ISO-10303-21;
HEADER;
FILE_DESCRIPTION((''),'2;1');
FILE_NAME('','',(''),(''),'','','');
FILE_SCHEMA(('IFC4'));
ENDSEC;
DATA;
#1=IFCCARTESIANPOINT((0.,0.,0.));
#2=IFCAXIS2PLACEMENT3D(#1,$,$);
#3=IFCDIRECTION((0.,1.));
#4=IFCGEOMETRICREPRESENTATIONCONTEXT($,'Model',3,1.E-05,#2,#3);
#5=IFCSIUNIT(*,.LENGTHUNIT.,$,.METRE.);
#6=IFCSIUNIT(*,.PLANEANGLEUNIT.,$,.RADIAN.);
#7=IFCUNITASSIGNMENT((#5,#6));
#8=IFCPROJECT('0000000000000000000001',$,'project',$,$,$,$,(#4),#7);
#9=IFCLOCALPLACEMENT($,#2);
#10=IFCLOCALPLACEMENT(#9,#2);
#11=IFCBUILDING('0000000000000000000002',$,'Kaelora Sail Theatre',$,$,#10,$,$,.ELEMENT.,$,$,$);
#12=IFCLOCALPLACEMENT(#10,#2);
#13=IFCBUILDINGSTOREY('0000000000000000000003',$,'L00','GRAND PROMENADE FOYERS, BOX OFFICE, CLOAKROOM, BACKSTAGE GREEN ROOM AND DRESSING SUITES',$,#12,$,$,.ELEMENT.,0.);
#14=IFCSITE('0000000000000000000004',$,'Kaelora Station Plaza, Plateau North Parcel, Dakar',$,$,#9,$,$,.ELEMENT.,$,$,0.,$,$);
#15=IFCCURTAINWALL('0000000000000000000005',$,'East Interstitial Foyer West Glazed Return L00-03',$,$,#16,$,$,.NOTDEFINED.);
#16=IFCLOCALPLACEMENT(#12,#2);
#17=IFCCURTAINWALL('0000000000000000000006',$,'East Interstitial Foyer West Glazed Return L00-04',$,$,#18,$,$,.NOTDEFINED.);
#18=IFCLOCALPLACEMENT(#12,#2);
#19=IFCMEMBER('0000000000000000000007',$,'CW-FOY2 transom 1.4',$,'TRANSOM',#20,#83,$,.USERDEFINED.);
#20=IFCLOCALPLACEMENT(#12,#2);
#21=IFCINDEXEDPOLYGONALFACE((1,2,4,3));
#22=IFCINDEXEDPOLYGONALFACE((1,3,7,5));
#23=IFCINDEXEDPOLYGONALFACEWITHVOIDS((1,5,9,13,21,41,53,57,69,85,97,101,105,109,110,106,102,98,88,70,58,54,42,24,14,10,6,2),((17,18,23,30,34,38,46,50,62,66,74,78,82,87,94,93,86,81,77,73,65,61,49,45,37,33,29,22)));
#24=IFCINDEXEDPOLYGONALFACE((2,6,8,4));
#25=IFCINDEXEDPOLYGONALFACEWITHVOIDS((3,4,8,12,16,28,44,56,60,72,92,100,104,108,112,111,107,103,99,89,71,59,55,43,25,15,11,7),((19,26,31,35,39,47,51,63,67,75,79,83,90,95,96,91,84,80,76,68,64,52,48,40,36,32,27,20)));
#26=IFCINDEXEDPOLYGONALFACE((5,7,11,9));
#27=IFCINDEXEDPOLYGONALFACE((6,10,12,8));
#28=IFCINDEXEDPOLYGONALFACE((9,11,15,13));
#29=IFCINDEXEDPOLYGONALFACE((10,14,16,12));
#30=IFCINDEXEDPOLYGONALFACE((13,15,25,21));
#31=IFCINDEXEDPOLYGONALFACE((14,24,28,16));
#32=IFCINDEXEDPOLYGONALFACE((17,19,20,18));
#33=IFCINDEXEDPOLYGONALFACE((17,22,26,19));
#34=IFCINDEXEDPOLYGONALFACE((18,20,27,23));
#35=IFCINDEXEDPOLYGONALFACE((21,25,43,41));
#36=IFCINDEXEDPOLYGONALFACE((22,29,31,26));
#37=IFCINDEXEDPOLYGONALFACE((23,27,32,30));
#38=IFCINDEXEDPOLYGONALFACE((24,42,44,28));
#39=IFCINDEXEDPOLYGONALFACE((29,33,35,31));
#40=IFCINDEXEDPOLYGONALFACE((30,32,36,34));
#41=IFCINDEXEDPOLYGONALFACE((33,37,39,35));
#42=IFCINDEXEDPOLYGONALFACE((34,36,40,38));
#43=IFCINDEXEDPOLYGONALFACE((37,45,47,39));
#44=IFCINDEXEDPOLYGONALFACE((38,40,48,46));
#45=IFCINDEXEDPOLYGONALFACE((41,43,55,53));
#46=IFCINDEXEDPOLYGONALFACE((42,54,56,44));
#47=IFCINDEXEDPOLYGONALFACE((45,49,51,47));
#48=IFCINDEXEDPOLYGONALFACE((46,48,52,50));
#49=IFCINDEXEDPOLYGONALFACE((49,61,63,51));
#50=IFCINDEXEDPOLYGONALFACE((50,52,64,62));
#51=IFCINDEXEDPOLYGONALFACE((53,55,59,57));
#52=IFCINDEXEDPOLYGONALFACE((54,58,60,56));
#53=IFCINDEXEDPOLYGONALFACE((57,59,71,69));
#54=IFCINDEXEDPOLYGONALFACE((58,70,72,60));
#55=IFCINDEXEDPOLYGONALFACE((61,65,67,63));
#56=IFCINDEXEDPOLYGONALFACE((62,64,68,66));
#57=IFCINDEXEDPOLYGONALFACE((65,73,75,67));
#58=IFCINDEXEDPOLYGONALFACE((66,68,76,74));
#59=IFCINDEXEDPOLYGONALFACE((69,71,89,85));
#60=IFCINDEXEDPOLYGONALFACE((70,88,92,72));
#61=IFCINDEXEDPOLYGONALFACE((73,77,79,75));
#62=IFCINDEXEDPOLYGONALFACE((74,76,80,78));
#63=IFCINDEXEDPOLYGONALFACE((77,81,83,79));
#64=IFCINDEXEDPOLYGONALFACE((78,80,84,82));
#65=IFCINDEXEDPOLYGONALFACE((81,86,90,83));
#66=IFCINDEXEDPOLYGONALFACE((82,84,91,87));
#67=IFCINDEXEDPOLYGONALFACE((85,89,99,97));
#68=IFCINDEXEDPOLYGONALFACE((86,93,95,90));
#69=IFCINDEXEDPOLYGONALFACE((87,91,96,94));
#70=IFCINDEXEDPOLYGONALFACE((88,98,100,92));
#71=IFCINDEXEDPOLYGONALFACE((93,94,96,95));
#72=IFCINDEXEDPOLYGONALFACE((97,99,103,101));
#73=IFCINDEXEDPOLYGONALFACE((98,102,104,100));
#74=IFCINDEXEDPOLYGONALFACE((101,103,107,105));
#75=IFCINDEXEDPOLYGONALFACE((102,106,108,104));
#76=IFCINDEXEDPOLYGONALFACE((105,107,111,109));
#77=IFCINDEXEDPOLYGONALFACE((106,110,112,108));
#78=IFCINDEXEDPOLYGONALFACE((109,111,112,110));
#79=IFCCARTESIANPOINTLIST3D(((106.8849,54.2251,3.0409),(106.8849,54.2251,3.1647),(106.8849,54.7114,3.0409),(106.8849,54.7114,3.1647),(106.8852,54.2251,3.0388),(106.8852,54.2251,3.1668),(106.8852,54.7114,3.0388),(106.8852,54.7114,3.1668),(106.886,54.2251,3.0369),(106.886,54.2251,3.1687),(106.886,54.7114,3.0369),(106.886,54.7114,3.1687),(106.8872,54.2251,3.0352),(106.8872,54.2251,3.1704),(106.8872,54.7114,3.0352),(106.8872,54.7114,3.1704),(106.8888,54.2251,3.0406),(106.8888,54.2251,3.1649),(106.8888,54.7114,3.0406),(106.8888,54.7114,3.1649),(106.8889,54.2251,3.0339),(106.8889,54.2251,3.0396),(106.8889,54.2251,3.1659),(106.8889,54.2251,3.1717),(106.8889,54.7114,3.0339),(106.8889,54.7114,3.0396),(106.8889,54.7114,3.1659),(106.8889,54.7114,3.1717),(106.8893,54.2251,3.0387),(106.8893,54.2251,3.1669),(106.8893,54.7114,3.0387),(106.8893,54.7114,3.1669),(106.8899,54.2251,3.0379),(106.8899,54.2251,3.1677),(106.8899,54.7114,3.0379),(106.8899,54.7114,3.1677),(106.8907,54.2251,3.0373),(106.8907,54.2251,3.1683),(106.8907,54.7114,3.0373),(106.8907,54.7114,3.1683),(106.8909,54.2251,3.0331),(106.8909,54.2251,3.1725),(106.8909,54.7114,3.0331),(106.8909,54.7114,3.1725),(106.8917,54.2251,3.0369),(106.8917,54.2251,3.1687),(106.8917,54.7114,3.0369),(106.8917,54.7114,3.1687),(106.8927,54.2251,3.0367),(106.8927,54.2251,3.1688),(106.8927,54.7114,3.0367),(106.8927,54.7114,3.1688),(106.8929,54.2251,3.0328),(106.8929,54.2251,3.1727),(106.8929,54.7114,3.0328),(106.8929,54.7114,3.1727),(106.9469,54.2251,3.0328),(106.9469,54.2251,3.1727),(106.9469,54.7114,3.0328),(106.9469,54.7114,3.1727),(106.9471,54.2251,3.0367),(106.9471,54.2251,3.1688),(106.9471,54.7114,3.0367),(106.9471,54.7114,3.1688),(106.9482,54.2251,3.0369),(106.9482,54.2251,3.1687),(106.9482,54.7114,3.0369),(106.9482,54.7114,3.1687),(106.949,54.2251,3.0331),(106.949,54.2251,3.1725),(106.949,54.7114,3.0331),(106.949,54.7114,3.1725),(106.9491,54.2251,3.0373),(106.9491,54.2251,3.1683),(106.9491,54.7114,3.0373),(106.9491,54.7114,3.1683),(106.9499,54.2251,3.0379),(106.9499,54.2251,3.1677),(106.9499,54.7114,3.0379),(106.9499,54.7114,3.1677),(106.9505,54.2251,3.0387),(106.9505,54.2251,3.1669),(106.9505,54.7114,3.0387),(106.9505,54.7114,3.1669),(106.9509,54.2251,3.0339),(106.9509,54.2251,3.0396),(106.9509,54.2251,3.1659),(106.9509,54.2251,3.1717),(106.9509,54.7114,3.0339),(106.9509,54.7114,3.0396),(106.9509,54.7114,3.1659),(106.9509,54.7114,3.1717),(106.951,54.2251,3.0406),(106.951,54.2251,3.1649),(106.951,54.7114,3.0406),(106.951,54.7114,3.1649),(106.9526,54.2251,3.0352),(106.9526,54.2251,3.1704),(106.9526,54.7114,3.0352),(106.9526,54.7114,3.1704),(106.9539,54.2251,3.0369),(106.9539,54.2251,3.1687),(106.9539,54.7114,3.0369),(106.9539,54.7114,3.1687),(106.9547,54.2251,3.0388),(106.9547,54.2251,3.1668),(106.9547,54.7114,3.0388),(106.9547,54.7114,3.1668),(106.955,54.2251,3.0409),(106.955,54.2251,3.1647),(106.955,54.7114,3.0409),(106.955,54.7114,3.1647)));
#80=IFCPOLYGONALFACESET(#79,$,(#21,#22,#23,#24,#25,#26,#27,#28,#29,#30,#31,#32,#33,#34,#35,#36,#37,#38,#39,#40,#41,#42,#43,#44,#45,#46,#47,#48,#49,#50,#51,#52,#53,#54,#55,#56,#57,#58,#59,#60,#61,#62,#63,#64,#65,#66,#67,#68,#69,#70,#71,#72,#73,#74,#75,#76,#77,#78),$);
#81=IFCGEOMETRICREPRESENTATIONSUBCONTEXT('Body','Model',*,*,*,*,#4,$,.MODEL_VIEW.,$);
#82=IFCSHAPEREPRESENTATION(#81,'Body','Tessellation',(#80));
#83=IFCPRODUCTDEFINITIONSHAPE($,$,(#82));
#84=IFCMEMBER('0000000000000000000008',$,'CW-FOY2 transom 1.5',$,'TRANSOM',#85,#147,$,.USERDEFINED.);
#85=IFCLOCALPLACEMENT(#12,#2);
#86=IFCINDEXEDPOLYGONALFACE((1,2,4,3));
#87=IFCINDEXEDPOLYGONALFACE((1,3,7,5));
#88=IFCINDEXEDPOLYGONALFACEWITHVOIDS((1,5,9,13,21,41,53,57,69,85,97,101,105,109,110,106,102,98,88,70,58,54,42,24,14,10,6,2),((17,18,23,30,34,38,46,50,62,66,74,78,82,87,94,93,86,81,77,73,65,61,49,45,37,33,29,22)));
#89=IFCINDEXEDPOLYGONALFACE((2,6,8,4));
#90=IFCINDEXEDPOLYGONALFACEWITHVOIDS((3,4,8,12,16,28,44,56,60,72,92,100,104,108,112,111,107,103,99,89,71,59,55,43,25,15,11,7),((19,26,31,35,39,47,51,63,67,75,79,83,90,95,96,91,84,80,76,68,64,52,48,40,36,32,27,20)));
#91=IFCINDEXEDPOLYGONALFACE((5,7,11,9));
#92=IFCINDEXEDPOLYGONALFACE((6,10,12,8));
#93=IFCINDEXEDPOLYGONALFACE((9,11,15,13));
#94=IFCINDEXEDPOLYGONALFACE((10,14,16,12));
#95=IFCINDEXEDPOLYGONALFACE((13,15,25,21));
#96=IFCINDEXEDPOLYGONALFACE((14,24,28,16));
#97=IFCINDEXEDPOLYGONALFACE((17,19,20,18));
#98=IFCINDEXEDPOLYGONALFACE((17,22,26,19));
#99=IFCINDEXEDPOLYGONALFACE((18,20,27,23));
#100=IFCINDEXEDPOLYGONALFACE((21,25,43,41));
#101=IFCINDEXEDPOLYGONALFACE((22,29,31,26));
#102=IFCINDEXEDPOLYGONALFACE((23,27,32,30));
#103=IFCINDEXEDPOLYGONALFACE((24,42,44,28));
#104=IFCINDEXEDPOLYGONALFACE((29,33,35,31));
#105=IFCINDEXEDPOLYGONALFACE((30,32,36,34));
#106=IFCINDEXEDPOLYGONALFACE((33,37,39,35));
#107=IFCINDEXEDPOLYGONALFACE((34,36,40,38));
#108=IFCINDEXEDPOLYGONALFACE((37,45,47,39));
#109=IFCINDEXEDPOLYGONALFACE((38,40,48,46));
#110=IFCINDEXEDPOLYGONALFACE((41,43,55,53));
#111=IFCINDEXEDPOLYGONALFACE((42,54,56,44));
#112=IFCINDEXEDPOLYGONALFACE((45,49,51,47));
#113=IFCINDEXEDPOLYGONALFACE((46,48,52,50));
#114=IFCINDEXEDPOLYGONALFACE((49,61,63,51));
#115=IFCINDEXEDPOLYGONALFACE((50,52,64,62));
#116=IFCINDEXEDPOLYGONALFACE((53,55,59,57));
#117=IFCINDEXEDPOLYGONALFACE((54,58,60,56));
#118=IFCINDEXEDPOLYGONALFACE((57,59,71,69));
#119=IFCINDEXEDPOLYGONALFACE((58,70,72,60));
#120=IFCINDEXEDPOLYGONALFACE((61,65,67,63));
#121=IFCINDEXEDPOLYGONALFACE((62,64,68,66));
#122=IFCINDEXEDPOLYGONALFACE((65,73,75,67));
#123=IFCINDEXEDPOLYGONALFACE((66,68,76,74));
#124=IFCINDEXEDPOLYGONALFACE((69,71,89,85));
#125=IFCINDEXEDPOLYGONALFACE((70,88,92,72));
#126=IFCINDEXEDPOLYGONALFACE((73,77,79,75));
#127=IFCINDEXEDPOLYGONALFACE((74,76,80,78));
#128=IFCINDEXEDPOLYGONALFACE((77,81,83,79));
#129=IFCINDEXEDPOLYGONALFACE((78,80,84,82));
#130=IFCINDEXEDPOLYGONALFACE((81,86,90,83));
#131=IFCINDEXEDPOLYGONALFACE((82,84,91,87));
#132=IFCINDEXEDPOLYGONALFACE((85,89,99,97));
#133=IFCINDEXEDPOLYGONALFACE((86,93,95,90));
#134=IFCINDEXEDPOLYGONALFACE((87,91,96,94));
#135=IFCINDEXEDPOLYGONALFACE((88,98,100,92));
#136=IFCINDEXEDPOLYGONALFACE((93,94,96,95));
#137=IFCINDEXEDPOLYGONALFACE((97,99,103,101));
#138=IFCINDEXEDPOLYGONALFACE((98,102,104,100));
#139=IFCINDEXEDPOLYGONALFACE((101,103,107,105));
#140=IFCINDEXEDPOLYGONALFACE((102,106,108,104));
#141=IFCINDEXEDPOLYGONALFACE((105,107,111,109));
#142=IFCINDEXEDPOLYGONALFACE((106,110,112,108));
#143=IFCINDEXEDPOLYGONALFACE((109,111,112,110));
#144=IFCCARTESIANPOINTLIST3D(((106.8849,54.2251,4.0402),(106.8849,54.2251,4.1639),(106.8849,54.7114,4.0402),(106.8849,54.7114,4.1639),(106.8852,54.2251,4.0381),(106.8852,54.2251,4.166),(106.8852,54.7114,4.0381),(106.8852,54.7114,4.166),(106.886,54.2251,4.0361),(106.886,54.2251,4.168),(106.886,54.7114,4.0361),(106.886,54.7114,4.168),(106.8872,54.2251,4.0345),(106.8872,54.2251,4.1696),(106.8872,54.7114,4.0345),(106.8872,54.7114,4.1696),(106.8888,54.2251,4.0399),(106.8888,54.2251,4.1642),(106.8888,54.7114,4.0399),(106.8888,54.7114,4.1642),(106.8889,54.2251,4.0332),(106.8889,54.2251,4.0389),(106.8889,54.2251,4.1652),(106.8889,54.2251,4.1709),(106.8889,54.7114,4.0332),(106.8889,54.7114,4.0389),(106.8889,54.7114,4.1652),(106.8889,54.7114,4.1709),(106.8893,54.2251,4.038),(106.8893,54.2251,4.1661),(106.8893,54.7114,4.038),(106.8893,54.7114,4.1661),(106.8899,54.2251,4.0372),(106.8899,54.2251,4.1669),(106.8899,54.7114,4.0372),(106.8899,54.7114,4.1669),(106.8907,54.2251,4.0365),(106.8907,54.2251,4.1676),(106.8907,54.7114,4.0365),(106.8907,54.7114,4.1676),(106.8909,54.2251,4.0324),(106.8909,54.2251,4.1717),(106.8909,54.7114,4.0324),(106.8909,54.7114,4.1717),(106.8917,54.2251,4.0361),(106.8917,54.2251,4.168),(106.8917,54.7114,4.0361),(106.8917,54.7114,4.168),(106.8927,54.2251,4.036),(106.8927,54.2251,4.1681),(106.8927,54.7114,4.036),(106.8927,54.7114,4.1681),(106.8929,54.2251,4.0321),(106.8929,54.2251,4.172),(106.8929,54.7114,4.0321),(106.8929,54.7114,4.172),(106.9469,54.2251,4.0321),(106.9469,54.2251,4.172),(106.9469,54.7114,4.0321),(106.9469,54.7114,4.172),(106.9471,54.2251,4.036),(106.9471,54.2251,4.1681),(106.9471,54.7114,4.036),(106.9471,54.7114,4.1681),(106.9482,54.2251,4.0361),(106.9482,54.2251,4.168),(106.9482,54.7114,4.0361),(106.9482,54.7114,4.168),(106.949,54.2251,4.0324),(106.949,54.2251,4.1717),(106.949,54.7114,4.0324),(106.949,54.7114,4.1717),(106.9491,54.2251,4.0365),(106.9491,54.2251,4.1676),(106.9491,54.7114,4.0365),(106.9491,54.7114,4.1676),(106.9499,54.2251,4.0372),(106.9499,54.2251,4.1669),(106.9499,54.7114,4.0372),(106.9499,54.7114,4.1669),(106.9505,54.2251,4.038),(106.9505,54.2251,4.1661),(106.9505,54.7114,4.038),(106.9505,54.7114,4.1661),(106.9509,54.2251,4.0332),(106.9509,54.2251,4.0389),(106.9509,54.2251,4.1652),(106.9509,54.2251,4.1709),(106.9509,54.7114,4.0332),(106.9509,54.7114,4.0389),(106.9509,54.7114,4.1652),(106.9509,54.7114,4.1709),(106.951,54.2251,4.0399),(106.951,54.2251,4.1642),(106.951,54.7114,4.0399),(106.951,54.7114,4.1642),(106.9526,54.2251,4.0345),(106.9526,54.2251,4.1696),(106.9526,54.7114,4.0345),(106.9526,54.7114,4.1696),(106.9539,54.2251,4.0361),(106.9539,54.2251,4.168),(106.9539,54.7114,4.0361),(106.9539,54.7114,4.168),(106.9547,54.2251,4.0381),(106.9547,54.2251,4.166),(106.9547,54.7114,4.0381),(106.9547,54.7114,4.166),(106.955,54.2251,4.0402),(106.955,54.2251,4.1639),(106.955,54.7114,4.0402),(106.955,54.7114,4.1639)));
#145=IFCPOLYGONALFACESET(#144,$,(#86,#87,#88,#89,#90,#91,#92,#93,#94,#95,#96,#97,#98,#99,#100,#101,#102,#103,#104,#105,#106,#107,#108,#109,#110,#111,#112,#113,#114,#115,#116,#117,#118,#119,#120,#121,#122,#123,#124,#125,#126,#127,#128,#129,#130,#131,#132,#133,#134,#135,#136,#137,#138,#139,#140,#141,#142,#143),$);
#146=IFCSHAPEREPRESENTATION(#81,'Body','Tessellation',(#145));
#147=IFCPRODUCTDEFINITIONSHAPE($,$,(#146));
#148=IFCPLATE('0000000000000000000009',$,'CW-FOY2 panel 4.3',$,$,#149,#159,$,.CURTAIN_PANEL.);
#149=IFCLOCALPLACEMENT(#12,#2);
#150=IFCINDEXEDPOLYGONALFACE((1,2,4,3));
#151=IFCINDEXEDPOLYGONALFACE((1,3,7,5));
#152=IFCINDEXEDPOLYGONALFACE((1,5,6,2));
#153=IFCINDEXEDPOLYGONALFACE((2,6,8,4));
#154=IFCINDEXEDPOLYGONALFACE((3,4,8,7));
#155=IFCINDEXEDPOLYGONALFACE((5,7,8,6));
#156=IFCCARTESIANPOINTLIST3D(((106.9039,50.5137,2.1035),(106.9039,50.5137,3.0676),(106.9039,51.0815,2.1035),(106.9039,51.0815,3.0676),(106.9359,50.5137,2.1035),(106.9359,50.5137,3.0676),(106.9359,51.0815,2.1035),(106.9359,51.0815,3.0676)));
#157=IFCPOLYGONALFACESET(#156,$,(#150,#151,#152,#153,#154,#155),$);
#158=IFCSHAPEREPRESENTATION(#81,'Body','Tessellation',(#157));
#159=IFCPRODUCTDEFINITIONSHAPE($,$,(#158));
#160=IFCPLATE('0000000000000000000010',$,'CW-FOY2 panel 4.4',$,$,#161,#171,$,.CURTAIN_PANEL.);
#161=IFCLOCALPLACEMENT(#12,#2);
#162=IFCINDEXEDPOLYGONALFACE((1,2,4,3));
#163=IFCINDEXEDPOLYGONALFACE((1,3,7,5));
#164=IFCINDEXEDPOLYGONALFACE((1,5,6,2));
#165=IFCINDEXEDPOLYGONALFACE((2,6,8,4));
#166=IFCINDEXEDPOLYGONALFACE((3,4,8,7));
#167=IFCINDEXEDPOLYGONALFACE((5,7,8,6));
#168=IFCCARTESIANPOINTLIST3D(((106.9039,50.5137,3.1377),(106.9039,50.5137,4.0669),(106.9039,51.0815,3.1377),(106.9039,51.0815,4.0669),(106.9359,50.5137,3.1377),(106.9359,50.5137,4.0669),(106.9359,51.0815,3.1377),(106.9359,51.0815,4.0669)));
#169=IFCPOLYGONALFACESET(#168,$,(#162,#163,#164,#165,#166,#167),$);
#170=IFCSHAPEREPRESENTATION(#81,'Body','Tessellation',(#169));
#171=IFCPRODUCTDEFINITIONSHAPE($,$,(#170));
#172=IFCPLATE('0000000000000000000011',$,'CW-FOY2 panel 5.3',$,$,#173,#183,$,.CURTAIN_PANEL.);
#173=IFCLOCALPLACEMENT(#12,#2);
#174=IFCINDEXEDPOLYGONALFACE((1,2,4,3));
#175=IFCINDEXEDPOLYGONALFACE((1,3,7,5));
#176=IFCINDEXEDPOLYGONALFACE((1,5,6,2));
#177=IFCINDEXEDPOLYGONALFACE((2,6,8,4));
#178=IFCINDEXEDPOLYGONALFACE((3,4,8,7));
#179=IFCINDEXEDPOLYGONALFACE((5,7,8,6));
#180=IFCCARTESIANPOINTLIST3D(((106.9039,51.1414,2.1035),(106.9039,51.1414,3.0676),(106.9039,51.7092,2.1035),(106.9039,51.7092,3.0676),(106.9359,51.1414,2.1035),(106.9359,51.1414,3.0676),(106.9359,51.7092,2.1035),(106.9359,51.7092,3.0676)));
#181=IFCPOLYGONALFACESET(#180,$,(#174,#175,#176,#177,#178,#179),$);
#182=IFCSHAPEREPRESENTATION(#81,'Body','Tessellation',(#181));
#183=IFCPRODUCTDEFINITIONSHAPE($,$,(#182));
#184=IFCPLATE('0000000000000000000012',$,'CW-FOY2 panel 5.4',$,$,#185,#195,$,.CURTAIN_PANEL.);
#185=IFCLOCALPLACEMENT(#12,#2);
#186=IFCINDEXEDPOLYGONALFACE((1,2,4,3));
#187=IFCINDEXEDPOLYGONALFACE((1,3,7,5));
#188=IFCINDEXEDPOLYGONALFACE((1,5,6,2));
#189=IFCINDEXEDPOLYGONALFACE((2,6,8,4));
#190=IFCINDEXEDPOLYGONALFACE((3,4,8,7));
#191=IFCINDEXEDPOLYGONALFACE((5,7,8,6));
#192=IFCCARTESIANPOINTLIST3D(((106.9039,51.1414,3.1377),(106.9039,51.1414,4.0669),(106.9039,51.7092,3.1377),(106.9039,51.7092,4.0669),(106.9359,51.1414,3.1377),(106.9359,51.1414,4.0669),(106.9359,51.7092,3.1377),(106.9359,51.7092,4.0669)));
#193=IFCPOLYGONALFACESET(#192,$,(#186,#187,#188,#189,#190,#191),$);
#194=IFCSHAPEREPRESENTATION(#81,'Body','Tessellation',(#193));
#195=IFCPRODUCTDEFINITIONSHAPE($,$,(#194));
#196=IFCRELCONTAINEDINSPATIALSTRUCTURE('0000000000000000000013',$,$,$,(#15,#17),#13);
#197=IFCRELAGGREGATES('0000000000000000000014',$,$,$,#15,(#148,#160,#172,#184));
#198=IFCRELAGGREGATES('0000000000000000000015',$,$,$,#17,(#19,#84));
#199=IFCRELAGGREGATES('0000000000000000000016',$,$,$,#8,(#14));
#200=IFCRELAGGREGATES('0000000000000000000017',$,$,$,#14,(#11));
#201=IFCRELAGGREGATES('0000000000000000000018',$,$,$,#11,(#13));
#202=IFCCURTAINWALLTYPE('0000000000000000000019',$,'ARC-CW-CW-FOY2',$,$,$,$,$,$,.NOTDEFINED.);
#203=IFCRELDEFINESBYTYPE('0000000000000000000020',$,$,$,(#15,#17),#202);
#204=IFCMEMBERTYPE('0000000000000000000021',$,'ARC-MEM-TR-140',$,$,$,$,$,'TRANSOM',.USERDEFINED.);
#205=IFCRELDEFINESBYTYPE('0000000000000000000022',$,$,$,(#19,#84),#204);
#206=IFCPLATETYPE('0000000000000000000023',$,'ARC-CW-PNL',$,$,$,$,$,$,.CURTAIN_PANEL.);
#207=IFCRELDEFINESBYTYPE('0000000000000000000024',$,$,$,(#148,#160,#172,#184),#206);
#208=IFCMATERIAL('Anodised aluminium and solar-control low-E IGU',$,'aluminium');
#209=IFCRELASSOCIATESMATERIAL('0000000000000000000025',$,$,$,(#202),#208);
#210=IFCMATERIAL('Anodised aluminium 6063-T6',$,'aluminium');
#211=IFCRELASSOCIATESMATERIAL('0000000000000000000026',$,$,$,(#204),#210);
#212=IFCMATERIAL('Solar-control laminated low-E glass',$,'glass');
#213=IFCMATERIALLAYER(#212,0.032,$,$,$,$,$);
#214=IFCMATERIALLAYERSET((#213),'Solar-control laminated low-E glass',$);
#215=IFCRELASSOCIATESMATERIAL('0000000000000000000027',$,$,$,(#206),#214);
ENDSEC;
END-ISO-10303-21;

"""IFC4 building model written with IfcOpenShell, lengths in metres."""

from ifc_helpers import new_model, si_unit, direction, frame, origin, origin_2d, place, context, subcontext, project, spatial, rectangle, hollow_rectangle, extrude, material, layer, layer_set, material_profile, profile_set, type_object, element, aggregate, save


model = new_model("IFC4")

# Units and contexts
model_context = context("Model", 3, precision=1e-05, world=origin(), true_north=direction((0.0, 1.0)))
body_context = subcontext(model_context, "Body", "Model", "MODEL_VIEW")
ifc_project = project(units=[si_unit("LENGTHUNIT", "METRE"), si_unit("PLANEANGLEUNIT", "RADIAN")], contexts=[model_context])

# Site, building, storey
site_placement = place(None, origin())
site = spatial("IfcSite", under=ifc_project, at=site_placement, Name="Kaelora Station Plaza, Plateau North Parcel, Dakar", CompositionType="ELEMENT", RefElevation=0.0)
building_placement = place(site_placement, origin())
building = spatial("IfcBuilding", under=site, at=building_placement, Name="Kaelora Sail Theatre", CompositionType="ELEMENT")
storey_placement = place(building_placement, origin())
storey = spatial("IfcBuildingStorey", under=building, at=storey_placement, Name="L00", Description="GRAND PROMENADE FOYERS, BOX OFFICE, CLOAKROOM, BACKSTAGE GREEN ROOM AND DRESSING SUITES", CompositionType="ELEMENT", Elevation=0.0)

# Curtain walls, members
ifc_material_1 = material(Name="Anodised aluminium and solar-control low-E IGU", Category="aluminium")
curtain_wall_type = type_object("IfcCurtainWallType", Name="ARC-CW-CW-FOY2", PredefinedType="NOTDEFINED", material=ifc_material_1)
curtain_wall_1_placement = place(storey_placement, origin())
curtain_wall_1 = element("IfcCurtainWall", 1, at=curtain_wall_1_placement, inside=storey, type_object=curtain_wall_type, Name="East Interstitial Foyer West Glazed Return L00-03", PredefinedType="NOTDEFINED")
ifc_material_2 = material(Name="Anodised aluminium 6063-T6", Category="aluminium")
ifc_material_profile = material_profile(ifc_material_2, hollow_rectangle(XDim=0.0701, YDim=0.1399, WallThickness=0.0039, InnerFilletRadius=0.0039, OuterFilletRadius=0.0081, at=origin_2d()), Name="ALU-TRAN 70x140x4")
ifc_profile_set = profile_set([ifc_material_profile], Name="Anodised aluminium 6063-T6")
member_type = type_object("IfcMemberType", Name="ARC-MEM-TR-140", ElementType="TRANSOM", PredefinedType="USERDEFINED", material=ifc_profile_set)
curtain_wall_2_placement = place(storey_placement, origin())
curtain_wall_2 = element("IfcCurtainWall", 2, at=curtain_wall_2_placement, inside=storey, type_object=curtain_wall_type, Name="East Interstitial Foyer West Glazed Return L00-04", PredefinedType="NOTDEFINED")
member_1_placement = place(storey_placement, frame((106.9199, 54.2251, 3.1028), z_axis=(0.0, 1.0, 0.0), x_axis=(-1.0, 0.0, 0.0)))
member_1 = element("IfcMember", 3, at=member_1_placement, type_object=member_type, Name="CW-FOY2 transom 1.4", ObjectType="TRANSOM", PredefinedType="USERDEFINED", context=body_context, shape_type="SweptSolid", body=[
    extrude(hollow_rectangle(XDim=0.0701, YDim=0.1399, WallThickness=0.0039, InnerFilletRadius=0.0039, OuterFilletRadius=0.0081, at=origin_2d()), origin(), (0.0, 0.0, 1.0), 0.4863),
])
member_2_placement = place(storey_placement, frame((106.9199, 54.2251, 4.1021), z_axis=(0.0, 1.0, 0.0), x_axis=(-1.0, 0.0, 0.0)))
member_2 = element("IfcMember", 4, at=member_2_placement, type_object=member_type, Name="CW-FOY2 transom 1.5", ObjectType="TRANSOM", PredefinedType="USERDEFINED", context=body_context, shape_type="SweptSolid", body=[
    extrude(hollow_rectangle(XDim=0.0701, YDim=0.1399, WallThickness=0.0039, InnerFilletRadius=0.0039, OuterFilletRadius=0.0081, at=origin_2d()), origin(), (0.0, 0.0, 1.0), 0.4863),
])

# Plates
ifc_material_3 = material(Name="Solar-control laminated low-E glass", Category="glass")
ifc_layer = layer(ifc_material_3, 0.032)
ifc_layer_set = layer_set([ifc_layer], Name="Solar-control laminated low-E glass")
plate_type = type_object("IfcPlateType", Name="ARC-CW-PNL", PredefinedType="CURTAIN_PANEL", material=ifc_layer_set)
plate_1_placement = place(storey_placement, frame((106.9199, 50.7976, 2.1035), z_axis=(0.0, 0.0, 1.0), x_axis=(0.0, 1.0, 0.0)))
plate_1 = element("IfcPlate", 5, at=plate_1_placement, type_object=plate_type, Name="CW-FOY2 panel 4.3", PredefinedType="CURTAIN_PANEL", context=body_context, shape_type="SweptSolid", body=[
    extrude(rectangle(XDim=0.5679, YDim=0.032, at=origin_2d()), origin(), (0.0, 0.0, 1.0), 0.9641),
])
plate_2_placement = place(storey_placement, frame((106.9199, 50.7976, 3.1377), z_axis=(0.0, 0.0, 1.0), x_axis=(0.0, 1.0, 0.0)))
plate_2 = element("IfcPlate", 6, at=plate_2_placement, type_object=plate_type, Name="CW-FOY2 panel 4.4", PredefinedType="CURTAIN_PANEL", context=body_context, shape_type="SweptSolid", body=[
    extrude(rectangle(XDim=0.5679, YDim=0.032, at=origin_2d()), origin(), (0.0, 0.0, 1.0), 0.9292),
])
plate_3_placement = place(storey_placement, frame((106.9199, 51.4253, 2.1035), z_axis=(0.0, 0.0, 1.0), x_axis=(0.0, 1.0, 0.0)))
plate_3 = element("IfcPlate", 7, at=plate_3_placement, type_object=plate_type, Name="CW-FOY2 panel 5.3", PredefinedType="CURTAIN_PANEL", context=body_context, shape_type="SweptSolid", body=[
    extrude(rectangle(XDim=0.5679, YDim=0.032, at=origin_2d()), origin(), (0.0, 0.0, 1.0), 0.9641),
])
plate_4_placement = place(storey_placement, frame((106.9199, 51.4253, 3.1377), z_axis=(0.0, 0.0, 1.0), x_axis=(0.0, 1.0, 0.0)))
plate_4 = element("IfcPlate", 8, at=plate_4_placement, type_object=plate_type, Name="CW-FOY2 panel 5.4", PredefinedType="CURTAIN_PANEL", context=body_context, shape_type="SweptSolid", body=[
    extrude(rectangle(XDim=0.5679, YDim=0.032, at=origin_2d()), origin(), (0.0, 0.0, 1.0), 0.9292),
])
aggregate(curtain_wall_1, [plate_1, plate_2, plate_3, plate_4])
aggregate(curtain_wall_2, [member_1, member_2])

save(model, "model.ifc")
